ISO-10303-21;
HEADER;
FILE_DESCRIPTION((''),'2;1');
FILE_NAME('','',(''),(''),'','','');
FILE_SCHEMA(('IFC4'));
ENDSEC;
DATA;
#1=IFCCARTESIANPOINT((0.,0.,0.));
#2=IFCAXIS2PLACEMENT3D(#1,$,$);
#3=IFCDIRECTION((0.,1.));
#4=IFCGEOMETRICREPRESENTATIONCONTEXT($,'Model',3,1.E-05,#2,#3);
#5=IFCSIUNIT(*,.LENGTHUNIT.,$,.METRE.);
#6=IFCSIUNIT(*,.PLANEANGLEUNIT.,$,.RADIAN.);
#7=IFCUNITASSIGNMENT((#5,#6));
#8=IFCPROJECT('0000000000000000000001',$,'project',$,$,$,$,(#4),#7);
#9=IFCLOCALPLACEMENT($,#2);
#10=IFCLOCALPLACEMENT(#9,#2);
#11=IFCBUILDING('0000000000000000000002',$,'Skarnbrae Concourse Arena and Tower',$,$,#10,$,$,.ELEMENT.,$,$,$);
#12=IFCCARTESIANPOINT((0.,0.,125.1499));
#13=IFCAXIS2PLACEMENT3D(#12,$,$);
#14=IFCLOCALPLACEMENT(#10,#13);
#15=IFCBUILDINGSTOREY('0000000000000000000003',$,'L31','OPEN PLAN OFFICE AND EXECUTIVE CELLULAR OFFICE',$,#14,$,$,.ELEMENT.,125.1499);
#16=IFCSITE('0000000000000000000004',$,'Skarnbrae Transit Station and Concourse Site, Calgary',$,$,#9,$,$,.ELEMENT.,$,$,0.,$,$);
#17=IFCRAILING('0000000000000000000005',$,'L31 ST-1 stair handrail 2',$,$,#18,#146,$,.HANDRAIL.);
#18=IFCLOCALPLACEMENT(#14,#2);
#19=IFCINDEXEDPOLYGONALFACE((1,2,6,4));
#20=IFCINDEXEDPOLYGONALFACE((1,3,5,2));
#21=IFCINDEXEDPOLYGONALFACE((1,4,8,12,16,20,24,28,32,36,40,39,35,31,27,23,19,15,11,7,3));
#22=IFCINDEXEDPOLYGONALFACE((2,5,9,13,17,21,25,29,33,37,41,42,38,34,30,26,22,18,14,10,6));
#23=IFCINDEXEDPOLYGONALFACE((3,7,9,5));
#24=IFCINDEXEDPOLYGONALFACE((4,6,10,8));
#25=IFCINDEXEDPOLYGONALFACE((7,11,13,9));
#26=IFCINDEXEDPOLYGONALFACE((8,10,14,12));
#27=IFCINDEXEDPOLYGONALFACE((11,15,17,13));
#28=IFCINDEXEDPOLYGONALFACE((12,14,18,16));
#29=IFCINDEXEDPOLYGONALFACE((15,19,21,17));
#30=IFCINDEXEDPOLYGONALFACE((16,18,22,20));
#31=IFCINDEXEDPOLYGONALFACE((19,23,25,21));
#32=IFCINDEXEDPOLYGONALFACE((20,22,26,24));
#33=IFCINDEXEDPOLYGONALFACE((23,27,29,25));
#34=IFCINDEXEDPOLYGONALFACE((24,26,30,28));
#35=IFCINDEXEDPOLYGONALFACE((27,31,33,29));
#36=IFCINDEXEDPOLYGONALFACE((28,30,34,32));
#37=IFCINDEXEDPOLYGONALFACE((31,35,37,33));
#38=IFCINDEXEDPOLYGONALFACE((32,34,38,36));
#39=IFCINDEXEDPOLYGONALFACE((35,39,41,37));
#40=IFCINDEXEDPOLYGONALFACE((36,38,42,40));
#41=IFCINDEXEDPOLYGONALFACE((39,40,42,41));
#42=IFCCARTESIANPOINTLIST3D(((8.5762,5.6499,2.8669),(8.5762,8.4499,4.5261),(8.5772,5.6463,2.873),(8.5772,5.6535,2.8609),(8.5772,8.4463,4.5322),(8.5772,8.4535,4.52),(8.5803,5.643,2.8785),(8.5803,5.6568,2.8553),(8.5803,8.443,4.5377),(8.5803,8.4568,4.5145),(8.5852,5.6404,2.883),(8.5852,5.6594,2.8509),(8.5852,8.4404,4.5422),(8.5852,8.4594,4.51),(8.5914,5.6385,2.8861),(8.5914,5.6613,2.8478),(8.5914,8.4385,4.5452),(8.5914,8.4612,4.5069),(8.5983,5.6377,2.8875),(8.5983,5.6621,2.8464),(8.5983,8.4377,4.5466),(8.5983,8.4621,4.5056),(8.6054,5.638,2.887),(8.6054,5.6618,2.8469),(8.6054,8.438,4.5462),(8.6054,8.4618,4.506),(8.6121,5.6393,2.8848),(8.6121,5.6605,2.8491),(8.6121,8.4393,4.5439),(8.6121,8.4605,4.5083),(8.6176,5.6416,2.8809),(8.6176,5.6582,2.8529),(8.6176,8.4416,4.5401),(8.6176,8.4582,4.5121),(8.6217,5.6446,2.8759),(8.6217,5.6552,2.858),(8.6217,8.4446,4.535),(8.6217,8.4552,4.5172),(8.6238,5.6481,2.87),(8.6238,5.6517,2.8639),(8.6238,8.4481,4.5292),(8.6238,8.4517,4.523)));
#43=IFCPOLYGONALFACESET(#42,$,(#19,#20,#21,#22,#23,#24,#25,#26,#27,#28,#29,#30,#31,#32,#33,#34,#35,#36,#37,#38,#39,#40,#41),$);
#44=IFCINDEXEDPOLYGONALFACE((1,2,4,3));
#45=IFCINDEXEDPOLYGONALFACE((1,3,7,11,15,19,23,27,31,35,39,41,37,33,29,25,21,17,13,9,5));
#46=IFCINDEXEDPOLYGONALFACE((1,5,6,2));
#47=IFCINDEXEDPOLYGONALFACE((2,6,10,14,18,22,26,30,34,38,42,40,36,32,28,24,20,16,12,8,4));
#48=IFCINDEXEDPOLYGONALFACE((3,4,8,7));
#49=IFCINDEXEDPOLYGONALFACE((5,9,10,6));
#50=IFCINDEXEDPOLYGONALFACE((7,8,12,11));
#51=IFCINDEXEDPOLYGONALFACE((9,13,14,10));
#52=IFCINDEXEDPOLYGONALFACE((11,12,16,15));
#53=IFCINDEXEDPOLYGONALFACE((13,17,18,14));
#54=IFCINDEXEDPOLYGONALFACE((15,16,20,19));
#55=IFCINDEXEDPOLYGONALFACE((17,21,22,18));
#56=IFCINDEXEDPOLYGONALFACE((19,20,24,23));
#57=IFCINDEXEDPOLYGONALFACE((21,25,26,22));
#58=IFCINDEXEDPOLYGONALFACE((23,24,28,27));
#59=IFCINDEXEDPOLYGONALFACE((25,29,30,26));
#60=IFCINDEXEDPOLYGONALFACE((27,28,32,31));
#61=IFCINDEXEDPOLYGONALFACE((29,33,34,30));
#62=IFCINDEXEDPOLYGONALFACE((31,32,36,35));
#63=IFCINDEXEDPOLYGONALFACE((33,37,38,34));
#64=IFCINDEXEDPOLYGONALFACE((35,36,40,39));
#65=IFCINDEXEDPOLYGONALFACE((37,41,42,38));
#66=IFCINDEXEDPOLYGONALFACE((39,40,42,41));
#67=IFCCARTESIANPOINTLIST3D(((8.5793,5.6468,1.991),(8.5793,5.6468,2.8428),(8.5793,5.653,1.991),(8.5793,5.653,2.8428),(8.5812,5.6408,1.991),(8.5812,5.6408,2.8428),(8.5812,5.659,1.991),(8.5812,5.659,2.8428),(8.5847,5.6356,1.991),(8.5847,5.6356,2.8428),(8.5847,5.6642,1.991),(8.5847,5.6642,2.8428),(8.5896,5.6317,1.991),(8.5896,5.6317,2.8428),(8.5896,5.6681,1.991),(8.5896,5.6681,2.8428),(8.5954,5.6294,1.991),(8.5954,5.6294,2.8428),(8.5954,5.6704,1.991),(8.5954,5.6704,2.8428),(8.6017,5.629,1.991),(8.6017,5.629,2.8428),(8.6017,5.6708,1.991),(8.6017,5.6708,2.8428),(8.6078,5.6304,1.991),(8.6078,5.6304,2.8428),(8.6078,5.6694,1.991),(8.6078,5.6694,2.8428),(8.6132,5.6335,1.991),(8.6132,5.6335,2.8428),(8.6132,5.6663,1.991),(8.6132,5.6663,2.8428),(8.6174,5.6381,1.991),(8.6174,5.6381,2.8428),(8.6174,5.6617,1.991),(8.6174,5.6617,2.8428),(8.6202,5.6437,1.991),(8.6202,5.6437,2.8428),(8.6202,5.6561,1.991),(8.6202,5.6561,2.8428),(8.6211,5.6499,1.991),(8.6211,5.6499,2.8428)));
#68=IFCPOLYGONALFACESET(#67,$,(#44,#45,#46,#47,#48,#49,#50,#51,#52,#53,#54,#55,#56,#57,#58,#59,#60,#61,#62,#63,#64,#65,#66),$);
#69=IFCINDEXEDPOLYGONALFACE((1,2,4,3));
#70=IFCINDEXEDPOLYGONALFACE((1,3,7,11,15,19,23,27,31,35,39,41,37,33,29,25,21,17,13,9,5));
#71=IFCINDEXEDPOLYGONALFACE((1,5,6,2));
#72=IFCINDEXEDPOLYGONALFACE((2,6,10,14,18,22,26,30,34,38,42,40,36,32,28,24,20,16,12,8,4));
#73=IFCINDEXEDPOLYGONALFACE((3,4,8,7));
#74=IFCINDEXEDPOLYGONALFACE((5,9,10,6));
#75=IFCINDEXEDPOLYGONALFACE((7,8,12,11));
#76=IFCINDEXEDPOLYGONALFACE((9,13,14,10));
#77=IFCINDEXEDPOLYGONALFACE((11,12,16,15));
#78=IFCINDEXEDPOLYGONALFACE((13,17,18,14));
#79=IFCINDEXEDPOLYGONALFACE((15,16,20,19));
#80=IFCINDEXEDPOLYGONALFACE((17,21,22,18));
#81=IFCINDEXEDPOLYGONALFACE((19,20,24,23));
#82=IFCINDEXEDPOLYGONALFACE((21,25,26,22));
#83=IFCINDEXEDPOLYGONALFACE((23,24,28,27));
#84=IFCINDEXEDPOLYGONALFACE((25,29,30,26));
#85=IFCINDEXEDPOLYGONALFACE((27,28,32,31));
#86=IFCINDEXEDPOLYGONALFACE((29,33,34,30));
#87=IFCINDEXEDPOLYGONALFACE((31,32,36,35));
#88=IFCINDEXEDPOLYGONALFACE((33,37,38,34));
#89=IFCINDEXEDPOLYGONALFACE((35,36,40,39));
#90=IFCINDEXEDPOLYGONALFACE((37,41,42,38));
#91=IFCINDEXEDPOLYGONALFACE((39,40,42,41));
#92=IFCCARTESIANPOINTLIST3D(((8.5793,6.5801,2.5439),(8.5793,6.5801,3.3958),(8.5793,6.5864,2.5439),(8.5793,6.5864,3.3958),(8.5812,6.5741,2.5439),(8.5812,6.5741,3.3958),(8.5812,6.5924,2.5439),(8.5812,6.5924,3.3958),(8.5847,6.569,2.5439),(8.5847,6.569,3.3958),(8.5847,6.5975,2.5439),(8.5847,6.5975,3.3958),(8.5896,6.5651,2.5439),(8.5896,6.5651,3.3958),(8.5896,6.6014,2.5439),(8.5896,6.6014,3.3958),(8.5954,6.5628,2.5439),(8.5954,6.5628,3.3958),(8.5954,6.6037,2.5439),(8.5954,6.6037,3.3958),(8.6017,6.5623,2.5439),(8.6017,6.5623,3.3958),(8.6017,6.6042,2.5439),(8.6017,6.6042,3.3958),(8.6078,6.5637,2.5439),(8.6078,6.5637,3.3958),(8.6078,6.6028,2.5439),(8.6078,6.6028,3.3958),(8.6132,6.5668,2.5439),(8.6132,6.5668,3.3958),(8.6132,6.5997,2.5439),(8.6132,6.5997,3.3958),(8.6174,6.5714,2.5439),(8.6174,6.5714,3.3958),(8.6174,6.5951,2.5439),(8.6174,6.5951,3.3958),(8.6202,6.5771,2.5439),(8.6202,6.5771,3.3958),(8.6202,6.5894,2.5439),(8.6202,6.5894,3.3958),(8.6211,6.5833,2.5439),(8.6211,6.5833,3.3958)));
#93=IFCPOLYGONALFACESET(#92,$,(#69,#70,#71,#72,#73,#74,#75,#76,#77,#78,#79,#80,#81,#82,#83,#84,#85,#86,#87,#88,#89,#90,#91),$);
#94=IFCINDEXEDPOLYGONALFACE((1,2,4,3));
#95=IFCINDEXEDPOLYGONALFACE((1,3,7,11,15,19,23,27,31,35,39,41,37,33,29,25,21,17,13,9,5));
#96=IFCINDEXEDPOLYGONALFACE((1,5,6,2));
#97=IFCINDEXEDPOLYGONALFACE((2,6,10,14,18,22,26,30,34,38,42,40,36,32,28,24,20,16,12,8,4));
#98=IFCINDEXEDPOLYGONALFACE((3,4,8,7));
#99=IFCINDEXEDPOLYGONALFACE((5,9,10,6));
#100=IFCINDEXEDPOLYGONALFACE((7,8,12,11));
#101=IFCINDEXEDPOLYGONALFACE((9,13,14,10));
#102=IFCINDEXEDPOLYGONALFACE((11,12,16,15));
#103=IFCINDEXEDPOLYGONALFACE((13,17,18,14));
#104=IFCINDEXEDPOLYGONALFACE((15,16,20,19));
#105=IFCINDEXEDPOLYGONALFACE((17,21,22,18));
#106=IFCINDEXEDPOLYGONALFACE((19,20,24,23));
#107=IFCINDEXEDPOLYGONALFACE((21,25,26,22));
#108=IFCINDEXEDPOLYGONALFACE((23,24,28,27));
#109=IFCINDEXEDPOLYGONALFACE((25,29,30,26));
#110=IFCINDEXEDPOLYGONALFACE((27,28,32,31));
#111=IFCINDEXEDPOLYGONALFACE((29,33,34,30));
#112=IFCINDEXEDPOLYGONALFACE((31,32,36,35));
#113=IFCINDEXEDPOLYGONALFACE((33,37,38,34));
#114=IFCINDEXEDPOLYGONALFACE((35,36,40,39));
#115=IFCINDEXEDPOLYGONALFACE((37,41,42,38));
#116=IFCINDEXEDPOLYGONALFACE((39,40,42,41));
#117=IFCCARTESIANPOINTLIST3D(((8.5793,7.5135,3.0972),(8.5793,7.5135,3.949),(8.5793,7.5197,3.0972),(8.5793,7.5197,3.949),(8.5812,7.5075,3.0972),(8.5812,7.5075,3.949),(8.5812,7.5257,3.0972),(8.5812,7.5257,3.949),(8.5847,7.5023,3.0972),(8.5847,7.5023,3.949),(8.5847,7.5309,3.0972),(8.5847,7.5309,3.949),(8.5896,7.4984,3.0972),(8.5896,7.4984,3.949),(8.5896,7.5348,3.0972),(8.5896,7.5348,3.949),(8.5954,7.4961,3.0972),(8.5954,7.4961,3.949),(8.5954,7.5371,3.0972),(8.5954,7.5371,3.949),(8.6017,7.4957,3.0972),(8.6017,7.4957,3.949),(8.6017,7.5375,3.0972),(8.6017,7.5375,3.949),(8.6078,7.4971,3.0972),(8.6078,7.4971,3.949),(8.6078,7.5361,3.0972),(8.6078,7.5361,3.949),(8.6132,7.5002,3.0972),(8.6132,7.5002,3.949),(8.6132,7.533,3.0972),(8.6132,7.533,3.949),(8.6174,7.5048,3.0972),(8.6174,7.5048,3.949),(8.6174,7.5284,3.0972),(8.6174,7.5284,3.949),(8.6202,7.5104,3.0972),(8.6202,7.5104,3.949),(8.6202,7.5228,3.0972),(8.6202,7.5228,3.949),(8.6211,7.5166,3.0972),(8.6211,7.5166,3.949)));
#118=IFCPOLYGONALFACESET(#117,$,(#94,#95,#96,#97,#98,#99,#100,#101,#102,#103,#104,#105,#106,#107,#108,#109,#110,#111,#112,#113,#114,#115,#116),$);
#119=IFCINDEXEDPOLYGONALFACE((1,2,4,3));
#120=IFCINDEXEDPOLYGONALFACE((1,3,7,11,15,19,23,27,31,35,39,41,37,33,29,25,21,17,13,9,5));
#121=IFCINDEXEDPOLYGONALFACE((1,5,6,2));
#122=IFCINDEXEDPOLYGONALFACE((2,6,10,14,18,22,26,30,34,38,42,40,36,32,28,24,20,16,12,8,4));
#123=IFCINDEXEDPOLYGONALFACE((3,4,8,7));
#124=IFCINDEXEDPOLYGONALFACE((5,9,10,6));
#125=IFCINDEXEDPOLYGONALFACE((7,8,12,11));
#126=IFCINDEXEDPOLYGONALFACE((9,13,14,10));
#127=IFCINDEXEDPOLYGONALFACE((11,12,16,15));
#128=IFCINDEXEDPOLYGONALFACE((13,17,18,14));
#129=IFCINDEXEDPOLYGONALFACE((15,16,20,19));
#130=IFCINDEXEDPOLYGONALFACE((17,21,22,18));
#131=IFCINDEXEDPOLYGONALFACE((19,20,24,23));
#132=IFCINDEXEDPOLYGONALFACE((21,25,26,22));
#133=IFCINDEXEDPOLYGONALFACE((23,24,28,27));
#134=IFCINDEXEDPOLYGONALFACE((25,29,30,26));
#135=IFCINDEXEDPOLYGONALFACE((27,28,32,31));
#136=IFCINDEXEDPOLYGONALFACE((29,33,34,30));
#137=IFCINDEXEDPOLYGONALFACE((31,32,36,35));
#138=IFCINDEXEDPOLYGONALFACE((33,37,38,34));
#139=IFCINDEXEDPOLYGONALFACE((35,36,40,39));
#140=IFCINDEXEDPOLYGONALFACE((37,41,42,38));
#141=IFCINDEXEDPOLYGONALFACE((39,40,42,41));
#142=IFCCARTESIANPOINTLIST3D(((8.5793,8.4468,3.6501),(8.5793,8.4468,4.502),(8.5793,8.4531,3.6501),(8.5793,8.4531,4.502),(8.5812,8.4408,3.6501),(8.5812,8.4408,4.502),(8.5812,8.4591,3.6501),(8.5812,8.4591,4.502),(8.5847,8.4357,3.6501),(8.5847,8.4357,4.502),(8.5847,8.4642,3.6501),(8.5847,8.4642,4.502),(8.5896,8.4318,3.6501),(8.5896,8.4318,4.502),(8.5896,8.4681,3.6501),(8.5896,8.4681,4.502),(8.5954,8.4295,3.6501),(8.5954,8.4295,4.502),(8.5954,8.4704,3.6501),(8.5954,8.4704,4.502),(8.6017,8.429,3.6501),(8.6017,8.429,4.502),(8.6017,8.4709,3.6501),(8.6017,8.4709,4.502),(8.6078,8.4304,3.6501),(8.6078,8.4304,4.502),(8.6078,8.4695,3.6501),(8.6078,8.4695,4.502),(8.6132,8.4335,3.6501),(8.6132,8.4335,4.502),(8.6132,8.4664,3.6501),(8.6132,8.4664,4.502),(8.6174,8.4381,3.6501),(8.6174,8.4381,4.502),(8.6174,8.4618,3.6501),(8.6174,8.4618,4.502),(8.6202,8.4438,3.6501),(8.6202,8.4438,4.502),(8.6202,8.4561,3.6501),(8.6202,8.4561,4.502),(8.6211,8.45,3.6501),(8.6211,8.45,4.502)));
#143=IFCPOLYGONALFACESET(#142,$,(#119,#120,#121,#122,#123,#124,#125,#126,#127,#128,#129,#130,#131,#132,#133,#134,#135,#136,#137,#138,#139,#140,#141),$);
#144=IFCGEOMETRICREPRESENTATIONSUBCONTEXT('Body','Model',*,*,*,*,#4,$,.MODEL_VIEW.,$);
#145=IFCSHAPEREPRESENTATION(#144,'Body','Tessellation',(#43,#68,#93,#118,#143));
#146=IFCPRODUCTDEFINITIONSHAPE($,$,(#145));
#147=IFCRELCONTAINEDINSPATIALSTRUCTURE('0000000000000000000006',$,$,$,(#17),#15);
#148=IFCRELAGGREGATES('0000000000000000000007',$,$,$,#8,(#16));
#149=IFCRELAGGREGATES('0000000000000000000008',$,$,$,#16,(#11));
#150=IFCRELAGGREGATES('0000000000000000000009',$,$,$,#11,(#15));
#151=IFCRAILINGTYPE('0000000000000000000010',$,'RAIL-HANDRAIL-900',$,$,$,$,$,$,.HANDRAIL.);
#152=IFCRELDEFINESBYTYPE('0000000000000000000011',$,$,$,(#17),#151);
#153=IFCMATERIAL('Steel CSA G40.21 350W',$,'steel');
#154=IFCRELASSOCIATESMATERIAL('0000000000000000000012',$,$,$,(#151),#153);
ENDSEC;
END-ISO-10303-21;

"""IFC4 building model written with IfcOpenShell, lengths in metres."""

from ifc_helpers import new_model, si_unit, direction, frame, origin, origin_2d, place, context, subcontext, project, spatial, circle, extrude, material, type_object, element, save


model = new_model("IFC4")

# Units and contexts
model_context = context("Model", 3, precision=1e-05, world=origin(), true_north=direction((0.0, 1.0)))
body_context = subcontext(model_context, "Body", "Model", "MODEL_VIEW")
ifc_project = project(units=[si_unit("LENGTHUNIT", "METRE"), si_unit("PLANEANGLEUNIT", "RADIAN")], contexts=[model_context])

# Site, building, storey
site_placement = place(None, origin())
site = spatial("IfcSite", under=ifc_project, at=site_placement, Name="Skarnbrae Transit Station and Concourse Site, Calgary", CompositionType="ELEMENT", RefElevation=0.0)
building_placement = place(site_placement, origin())
building = spatial("IfcBuilding", under=site, at=building_placement, Name="Skarnbrae Concourse Arena and Tower", CompositionType="ELEMENT")
storey_placement = place(building_placement, frame((0.0, 0.0, 125.1499)))
storey = spatial("IfcBuildingStorey", under=building, at=storey_placement, Name="L31", Description="OPEN PLAN OFFICE AND EXECUTIVE CELLULAR OFFICE", CompositionType="ELEMENT", Elevation=125.1499)

# Shared definitions
ifc_material_1 = material(Name="Steel CSA G40.21 350W", Category="steel")

# Railing
railing_type = type_object("IfcRailingType", Name="RAIL-HANDRAIL-900", PredefinedType="HANDRAIL", material=ifc_material_1)
railing_placement = place(storey_placement, frame((8.6001, 5.6499, 1.991)))
element("IfcRailing", 1, at=railing_placement, inside=storey, type_object=railing_type, Name="L31 ST-1 stair handrail 2", PredefinedType="HANDRAIL", context=body_context, shape_type="SweptSolid", body=[
    extrude(circle(Radius=0.0239, at=origin_2d()), frame((0.0, 0.0, 0.876), z_axis=(0.0, 0.860306, 0.509778), x_axis=(-1.0, 0.0, 0.0)), (0.0, 0.0, 1.0), 3.2546),
    extrude(circle(Radius=0.021, at=origin_2d()), origin(), (0.0, 0.0, 1.0), 0.8518),
    extrude(circle(Radius=0.021, at=origin_2d()), frame((0.0, 0.9333, 0.553)), (0.0, 0.0, 1.0), 0.8518),
    extrude(circle(Radius=0.021, at=origin_2d()), frame((0.0, 1.8667, 1.1062)), (0.0, 0.0, 1.0), 0.8518),
    extrude(circle(Radius=0.021, at=origin_2d()), frame((0.0, 2.8, 1.6592)), (0.0, 0.0, 1.0), 0.8518),
])

save(model, "model.ifc")
